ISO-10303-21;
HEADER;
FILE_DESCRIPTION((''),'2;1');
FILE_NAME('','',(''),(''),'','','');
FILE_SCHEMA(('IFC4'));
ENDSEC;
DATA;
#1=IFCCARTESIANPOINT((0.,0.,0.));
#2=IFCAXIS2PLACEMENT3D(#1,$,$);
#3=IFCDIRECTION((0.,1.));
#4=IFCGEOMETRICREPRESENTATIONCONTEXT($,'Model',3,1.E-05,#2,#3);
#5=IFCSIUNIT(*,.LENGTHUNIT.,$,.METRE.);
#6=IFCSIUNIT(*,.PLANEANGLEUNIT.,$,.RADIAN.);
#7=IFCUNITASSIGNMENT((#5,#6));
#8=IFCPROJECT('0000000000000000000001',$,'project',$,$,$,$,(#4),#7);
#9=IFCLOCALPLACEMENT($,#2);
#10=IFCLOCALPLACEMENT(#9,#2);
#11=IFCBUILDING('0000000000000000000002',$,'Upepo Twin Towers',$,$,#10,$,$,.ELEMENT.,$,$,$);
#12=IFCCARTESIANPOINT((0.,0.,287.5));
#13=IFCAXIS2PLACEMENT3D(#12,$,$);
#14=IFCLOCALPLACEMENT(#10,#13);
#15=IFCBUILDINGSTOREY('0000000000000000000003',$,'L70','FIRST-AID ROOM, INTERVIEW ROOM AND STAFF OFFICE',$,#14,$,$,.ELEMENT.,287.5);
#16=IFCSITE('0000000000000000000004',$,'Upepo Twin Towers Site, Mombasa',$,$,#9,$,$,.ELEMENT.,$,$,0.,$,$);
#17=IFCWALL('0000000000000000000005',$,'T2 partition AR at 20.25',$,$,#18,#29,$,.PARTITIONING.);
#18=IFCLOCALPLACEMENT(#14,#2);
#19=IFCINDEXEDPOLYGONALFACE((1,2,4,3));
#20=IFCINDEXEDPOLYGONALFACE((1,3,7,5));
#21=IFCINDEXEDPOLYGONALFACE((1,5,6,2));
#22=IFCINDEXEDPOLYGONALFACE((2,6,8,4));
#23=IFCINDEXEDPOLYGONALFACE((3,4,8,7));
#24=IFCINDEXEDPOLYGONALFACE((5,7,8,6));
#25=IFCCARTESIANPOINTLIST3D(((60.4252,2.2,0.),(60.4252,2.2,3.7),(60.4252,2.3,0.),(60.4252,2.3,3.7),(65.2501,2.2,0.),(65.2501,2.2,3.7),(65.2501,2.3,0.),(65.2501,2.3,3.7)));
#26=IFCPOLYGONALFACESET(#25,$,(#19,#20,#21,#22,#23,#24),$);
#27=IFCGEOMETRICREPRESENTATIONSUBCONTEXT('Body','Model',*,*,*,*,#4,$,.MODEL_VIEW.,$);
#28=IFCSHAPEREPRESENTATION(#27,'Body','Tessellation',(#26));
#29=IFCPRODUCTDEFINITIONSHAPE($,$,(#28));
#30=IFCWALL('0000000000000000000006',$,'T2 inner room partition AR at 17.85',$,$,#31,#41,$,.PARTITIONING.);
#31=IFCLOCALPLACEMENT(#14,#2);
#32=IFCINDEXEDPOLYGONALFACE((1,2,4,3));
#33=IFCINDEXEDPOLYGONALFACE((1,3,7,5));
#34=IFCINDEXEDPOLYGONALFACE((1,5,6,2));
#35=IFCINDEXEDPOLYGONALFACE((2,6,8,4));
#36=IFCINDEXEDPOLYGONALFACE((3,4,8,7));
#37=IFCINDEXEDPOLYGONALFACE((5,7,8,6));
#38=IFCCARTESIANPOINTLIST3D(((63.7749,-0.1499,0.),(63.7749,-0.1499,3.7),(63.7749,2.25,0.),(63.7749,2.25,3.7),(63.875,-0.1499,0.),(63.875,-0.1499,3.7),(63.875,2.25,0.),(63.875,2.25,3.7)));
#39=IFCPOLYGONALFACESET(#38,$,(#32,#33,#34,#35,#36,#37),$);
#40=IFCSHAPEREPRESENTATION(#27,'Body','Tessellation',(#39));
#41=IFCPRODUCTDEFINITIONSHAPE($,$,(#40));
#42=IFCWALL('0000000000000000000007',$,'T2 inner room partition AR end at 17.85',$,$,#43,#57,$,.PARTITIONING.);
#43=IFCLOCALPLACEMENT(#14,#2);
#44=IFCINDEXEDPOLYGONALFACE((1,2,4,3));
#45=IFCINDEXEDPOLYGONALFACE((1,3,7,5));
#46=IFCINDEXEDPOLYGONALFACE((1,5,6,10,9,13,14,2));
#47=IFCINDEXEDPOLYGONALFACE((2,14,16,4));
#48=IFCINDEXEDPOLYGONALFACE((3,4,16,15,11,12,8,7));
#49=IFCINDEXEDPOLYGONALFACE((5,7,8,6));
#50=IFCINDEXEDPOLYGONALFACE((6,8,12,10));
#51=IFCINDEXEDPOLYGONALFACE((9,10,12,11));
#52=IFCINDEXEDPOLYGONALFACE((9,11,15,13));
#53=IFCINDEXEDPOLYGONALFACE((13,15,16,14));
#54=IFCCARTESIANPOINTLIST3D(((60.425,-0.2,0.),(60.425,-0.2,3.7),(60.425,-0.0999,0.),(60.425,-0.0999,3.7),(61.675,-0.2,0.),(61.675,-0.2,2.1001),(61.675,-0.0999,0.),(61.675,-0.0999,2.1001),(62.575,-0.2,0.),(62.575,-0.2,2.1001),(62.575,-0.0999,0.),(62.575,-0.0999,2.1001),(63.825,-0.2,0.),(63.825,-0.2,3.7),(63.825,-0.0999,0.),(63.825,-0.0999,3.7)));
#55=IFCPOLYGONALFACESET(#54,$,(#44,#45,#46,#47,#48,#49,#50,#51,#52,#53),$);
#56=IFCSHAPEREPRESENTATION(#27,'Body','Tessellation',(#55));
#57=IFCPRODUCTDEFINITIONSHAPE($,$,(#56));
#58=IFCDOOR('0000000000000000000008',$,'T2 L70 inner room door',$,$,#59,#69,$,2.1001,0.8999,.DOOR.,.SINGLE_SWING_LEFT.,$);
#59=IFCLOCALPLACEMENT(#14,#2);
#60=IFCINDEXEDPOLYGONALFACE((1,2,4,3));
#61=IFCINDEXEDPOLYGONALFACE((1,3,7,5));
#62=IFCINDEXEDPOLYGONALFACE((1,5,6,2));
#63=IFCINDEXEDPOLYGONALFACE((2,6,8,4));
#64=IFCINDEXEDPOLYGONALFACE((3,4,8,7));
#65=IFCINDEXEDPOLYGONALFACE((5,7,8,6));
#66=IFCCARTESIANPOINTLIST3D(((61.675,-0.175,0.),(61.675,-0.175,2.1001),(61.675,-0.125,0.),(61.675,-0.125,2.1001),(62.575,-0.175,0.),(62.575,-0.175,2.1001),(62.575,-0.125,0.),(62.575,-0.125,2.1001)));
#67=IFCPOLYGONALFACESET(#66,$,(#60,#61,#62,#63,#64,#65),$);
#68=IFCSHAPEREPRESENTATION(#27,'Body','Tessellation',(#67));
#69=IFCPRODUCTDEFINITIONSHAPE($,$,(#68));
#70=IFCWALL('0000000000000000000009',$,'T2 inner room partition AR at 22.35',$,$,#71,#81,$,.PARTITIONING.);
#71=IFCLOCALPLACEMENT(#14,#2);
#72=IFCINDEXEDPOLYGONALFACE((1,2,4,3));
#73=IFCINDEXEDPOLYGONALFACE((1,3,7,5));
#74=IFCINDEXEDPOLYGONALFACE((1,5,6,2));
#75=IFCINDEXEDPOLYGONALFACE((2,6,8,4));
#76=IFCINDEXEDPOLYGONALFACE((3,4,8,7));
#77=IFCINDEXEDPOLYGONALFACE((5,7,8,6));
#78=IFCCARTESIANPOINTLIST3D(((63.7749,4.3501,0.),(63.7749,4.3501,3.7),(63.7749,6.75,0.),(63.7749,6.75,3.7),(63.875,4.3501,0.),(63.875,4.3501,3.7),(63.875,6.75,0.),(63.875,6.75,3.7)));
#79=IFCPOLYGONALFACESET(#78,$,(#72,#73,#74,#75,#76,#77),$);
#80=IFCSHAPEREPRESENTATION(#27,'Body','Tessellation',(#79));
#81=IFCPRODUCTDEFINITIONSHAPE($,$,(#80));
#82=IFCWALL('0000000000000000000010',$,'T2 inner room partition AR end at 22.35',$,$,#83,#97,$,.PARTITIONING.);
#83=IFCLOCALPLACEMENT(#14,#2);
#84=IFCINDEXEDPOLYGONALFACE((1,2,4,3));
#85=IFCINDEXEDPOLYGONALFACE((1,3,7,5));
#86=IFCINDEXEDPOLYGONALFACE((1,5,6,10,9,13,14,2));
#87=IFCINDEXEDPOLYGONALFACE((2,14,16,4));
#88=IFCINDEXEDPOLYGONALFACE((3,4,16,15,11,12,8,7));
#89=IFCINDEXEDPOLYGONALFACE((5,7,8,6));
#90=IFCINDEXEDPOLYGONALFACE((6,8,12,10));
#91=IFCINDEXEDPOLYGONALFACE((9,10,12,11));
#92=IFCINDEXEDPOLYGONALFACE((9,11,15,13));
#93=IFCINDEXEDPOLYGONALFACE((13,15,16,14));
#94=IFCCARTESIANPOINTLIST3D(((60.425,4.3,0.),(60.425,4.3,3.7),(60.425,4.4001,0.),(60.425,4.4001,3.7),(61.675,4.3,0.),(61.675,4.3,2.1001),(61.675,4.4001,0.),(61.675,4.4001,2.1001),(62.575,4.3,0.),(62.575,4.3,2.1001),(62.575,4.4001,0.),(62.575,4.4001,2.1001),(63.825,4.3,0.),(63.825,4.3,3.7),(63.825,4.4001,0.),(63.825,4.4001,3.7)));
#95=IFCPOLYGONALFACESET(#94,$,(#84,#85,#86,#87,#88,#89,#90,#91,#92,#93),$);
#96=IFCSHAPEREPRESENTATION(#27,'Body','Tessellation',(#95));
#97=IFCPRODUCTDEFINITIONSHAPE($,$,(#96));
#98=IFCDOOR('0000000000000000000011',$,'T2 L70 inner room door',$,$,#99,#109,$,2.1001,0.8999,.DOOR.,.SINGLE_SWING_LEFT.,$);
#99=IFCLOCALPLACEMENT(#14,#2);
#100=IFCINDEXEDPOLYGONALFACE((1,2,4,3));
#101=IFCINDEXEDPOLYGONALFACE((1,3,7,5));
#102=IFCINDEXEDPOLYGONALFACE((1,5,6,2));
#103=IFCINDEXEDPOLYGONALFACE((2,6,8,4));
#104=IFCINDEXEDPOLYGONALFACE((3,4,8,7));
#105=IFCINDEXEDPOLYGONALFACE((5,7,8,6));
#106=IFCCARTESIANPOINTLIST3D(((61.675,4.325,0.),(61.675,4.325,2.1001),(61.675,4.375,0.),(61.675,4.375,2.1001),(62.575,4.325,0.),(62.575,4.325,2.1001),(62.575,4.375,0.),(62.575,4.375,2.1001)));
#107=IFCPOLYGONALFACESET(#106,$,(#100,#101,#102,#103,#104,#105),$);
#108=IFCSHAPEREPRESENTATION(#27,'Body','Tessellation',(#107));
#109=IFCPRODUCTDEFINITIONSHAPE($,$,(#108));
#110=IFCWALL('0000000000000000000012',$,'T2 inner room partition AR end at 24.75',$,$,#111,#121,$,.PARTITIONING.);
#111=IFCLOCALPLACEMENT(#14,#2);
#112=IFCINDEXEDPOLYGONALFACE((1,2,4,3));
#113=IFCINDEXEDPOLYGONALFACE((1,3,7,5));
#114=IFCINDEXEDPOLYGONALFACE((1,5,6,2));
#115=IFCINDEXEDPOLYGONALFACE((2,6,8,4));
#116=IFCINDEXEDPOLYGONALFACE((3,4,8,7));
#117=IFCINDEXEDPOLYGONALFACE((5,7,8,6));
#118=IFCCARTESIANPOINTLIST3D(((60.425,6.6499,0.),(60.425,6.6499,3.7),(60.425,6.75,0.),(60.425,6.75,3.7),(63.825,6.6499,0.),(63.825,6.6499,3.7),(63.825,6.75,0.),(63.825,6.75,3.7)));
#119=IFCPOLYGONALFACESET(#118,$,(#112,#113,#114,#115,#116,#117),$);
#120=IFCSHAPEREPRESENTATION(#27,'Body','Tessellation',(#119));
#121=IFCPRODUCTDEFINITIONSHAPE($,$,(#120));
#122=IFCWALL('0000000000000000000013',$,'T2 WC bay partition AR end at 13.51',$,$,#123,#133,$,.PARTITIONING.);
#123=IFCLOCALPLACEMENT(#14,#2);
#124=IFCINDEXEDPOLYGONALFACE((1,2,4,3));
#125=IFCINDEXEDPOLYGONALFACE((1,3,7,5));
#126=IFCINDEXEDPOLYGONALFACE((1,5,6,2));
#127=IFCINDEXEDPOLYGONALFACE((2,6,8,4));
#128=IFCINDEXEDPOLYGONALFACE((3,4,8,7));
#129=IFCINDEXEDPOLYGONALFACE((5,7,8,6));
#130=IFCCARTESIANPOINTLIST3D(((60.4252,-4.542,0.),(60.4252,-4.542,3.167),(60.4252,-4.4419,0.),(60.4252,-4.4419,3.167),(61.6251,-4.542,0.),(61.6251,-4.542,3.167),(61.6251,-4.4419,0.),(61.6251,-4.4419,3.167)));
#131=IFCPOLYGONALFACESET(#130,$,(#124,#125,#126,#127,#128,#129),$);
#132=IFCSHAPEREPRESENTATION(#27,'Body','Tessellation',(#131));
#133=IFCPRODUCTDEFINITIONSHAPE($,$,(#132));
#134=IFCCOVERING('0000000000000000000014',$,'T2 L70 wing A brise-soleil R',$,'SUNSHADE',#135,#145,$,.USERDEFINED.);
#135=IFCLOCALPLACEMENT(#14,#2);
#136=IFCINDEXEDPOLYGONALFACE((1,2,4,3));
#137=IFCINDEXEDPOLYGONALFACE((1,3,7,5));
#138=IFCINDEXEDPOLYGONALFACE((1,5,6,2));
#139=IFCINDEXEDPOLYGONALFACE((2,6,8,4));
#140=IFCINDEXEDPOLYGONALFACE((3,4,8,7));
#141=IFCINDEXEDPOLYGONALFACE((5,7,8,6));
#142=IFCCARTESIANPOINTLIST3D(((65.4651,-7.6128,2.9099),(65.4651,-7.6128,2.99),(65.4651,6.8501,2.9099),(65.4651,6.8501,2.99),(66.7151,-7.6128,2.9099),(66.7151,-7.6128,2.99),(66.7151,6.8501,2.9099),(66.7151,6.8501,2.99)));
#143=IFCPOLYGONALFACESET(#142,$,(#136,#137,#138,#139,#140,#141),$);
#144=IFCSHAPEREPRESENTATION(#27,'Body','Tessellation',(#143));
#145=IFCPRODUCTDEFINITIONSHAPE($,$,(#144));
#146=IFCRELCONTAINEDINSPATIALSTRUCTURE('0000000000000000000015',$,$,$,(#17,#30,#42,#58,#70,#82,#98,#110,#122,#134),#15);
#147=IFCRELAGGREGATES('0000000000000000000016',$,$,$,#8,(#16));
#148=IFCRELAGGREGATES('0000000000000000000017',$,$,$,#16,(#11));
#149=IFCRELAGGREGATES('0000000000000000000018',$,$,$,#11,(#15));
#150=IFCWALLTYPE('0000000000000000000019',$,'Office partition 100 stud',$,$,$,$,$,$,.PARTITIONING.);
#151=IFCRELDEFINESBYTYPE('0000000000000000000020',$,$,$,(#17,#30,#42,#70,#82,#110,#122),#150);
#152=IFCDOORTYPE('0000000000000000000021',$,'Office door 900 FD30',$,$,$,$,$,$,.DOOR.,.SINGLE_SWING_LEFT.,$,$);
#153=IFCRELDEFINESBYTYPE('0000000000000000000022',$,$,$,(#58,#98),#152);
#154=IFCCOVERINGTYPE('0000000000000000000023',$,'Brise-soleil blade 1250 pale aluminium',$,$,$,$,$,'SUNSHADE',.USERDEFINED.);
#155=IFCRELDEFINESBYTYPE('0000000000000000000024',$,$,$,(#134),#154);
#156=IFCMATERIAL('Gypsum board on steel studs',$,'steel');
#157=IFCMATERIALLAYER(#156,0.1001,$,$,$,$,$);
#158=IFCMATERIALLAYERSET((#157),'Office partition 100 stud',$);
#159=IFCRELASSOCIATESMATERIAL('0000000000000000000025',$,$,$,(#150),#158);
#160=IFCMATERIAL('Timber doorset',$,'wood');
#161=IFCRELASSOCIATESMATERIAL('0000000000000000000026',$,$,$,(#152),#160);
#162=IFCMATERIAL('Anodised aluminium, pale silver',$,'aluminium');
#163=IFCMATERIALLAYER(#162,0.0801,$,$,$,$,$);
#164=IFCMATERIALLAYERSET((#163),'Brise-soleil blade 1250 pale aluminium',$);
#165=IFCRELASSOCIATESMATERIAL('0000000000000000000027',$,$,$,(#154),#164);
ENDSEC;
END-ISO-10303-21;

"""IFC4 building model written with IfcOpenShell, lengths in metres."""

from ifc_helpers import new_model, si_unit, direction, frame, frame_2d, origin, origin_2d, place, context, subcontext, project, spatial, rectangle, extrude, material, layer, layer_set, type_object, element, fill, save


model = new_model("IFC4")

# Units and contexts
model_context = context("Model", 3, precision=1e-05, world=origin(), true_north=direction((0.0, 1.0)))
body_context = subcontext(model_context, "Body", "Model", "MODEL_VIEW")
ifc_project = project(units=[si_unit("LENGTHUNIT", "METRE"), si_unit("PLANEANGLEUNIT", "RADIAN")], contexts=[model_context])

# Site, building, storey
site_placement = place(None, origin())
site = spatial("IfcSite", under=ifc_project, at=site_placement, Name="Upepo Twin Towers Site, Mombasa", CompositionType="ELEMENT", RefElevation=0.0)
building_placement = place(site_placement, origin())
building = spatial("IfcBuilding", under=site, at=building_placement, Name="Upepo Twin Towers", CompositionType="ELEMENT")
storey_placement = place(building_placement, frame((0.0, 0.0, 287.5)))
storey = spatial("IfcBuildingStorey", under=building, at=storey_placement, Name="L70", Description="FIRST-AID ROOM, INTERVIEW ROOM AND STAFF OFFICE", CompositionType="ELEMENT", Elevation=287.5)

# Walls
ifc_material_1 = material(Name="Gypsum board on steel studs", Category="steel")
ifc_layer_1 = layer(ifc_material_1, 0.1001)
ifc_layer_set_1 = layer_set([ifc_layer_1], Name="Office partition 100 stud")
wall_type_1 = type_object("IfcWallType", Name="Office partition 100 stud", PredefinedType="PARTITIONING", material=ifc_layer_set_1)
for number, where, z_axis, x_axis, name in (
    (1, (60.425, 2.25, 0.0), (0.0, 0.0, 1.0), (1.0, 0.0, 0.0), "T2 partition AR at 20.25"),
):
    element("IfcWall", number, at=place(storey_placement, frame(where, z_axis=z_axis, x_axis=x_axis)), inside=storey, type_object=wall_type_1, Name=name, PredefinedType="PARTITIONING", context=body_context, shape_type="SweptSolid", body=[
        extrude(rectangle(XDim=4.825, YDim=0.1001, at=frame_2d((2.4126, 0.0))), origin(), (0.0, 0.0, 1.0), 3.7),
    ])
wall_1_placement = place(storey_placement, frame((63.825, -0.1499, 0.0), z_axis=(0.0, 0.0, 1.0), x_axis=(0.0, 1.0, 0.0)))
element("IfcWall", 2, at=wall_1_placement, inside=storey, type_object=wall_type_1, Name="T2 inner room partition AR at 17.85", PredefinedType="PARTITIONING", context=body_context, shape_type="SweptSolid", body=[
    extrude(rectangle(XDim=2.3999, YDim=0.1001, at=frame_2d((1.2, 0.0))), origin(), (0.0, 0.0, 1.0), 3.7),
])

# Wall, opening, door
wall_2_placement = place(storey_placement, frame((60.425, -0.1499, 0.0), z_axis=(0.0, 0.0, 1.0), x_axis=(1.0, 0.0, 0.0)))
wall_2 = element("IfcWall", 3, at=wall_2_placement, inside=storey, type_object=wall_type_1, Name="T2 inner room partition AR end at 17.85", PredefinedType="PARTITIONING", context=body_context, shape_type="SweptSolid", body=[
    extrude(rectangle(XDim=3.3999, YDim=0.1001, at=frame_2d((1.7, 0.0))), origin(), (0.0, 0.0, 1.0), 3.7),
])
opening_1_placement = place(wall_2_placement, frame((1.25, 0.0, 0.0)))
opening_1 = element("IfcOpeningElement", 4, at=opening_1_placement, cuts=wall_2, PredefinedType="OPENING", context=body_context, shape_type="SweptSolid", body=[
    extrude(rectangle(XDim=0.8999, YDim=2.1001, at=frame_2d((0.45, 1.05))), frame((0.0, 0.0601, 0.0), z_axis=(0.0, -1.0, 0.0), x_axis=(1.0, 0.0, 0.0)), (0.0, 0.0, 1.0), 0.1201),
])
ifc_material_2 = material(Name="Timber doorset", Category="wood")
door_type = type_object("IfcDoorType", Name="Office door 900 FD30", OperationType="SINGLE_SWING_LEFT", PredefinedType="DOOR", material=ifc_material_2)
door_1_placement = place(opening_1_placement, origin())
door_1 = element("IfcDoor", 5, at=door_1_placement, inside=storey, type_object=door_type, Name="T2 L70 inner room door", OperationType="SINGLE_SWING_LEFT", OverallHeight=2.1001, OverallWidth=0.8999, PredefinedType="DOOR", context=body_context, shape_type="SweptSolid", body=[
    extrude(rectangle(XDim=0.8999, YDim=2.1001, at=frame_2d((0.45, 1.05))), frame((0.0, 0.0249, 0.0), z_axis=(0.0, -1.0, 0.0), x_axis=(1.0, 0.0, 0.0)), (0.0, 0.0, 1.0), 0.05),
])
fill(opening_1, door_1)

# Wall
wall_3_placement = place(storey_placement, frame((63.825, 4.3501, 0.0), z_axis=(0.0, 0.0, 1.0), x_axis=(0.0, 1.0, 0.0)))
element("IfcWall", 6, at=wall_3_placement, inside=storey, type_object=wall_type_1, Name="T2 inner room partition AR at 22.35", PredefinedType="PARTITIONING", context=body_context, shape_type="SweptSolid", body=[
    extrude(rectangle(XDim=2.3999, YDim=0.1001, at=frame_2d((1.2, 0.0))), origin(), (0.0, 0.0, 1.0), 3.7),
])

# Wall, opening, door
wall_4_placement = place(storey_placement, frame((60.425, 4.3501, 0.0), z_axis=(0.0, 0.0, 1.0), x_axis=(1.0, 0.0, 0.0)))
wall_4 = element("IfcWall", 7, at=wall_4_placement, inside=storey, type_object=wall_type_1, Name="T2 inner room partition AR end at 22.35", PredefinedType="PARTITIONING", context=body_context, shape_type="SweptSolid", body=[
    extrude(rectangle(XDim=3.3999, YDim=0.1001, at=frame_2d((1.7, 0.0))), origin(), (0.0, 0.0, 1.0), 3.7),
])
opening_2_placement = place(wall_4_placement, frame((1.25, 0.0, 0.0)))
opening_2 = element("IfcOpeningElement", 8, at=opening_2_placement, cuts=wall_4, PredefinedType="OPENING", context=body_context, shape_type="SweptSolid", body=[
    extrude(rectangle(XDim=0.8999, YDim=2.1001, at=frame_2d((0.45, 1.05))), frame((0.0, 0.0601, 0.0), z_axis=(0.0, -1.0, 0.0), x_axis=(1.0, 0.0, 0.0)), (0.0, 0.0, 1.0), 0.1201),
])
door_2_placement = place(opening_2_placement, origin())
door_2 = element("IfcDoor", 9, at=door_2_placement, inside=storey, type_object=door_type, Name="T2 L70 inner room door", OperationType="SINGLE_SWING_LEFT", OverallHeight=2.1001, OverallWidth=0.8999, PredefinedType="DOOR", context=body_context, shape_type="SweptSolid", body=[
    extrude(rectangle(XDim=0.8999, YDim=2.1001, at=frame_2d((0.45, 1.05))), frame((0.0, 0.0249, 0.0), z_axis=(0.0, -1.0, 0.0), x_axis=(1.0, 0.0, 0.0)), (0.0, 0.0, 1.0), 0.05),
])
fill(opening_2, door_2)

# Walls
wall_5_placement = place(storey_placement, frame((60.425, 6.7, 0.0), z_axis=(0.0, 0.0, 1.0), x_axis=(1.0, 0.0, 0.0)))
element("IfcWall", 10, at=wall_5_placement, inside=storey, type_object=wall_type_1, Name="T2 inner room partition AR end at 24.75", PredefinedType="PARTITIONING", context=body_context, shape_type="SweptSolid", body=[
    extrude(rectangle(XDim=3.3999, YDim=0.1001, at=frame_2d((1.7, 0.0))), origin(), (0.0, 0.0, 1.0), 3.7),
])
wall_6_placement = place(storey_placement, frame((60.425, -4.4919, 0.0), z_axis=(0.0, 0.0, 1.0), x_axis=(1.0, 0.0, 0.0)))
element("IfcWall", 11, at=wall_6_placement, inside=storey, type_object=wall_type_1, Name="T2 WC bay partition AR end at 13.51", PredefinedType="PARTITIONING", context=body_context, shape_type="SweptSolid", body=[
    extrude(rectangle(XDim=1.2, YDim=0.1001, at=frame_2d((0.6001, 0.0))), origin(), (0.0, 0.0, 1.0), 3.167),
])

# Covering
ifc_material_3 = material(Name="Anodised aluminium, pale silver", Category="aluminium")
ifc_layer_2 = layer(ifc_material_3, 0.0801)
ifc_layer_set_2 = layer_set([ifc_layer_2], Name="Brise-soleil blade 1250 pale aluminium")
covering_type = type_object("IfcCoveringType", Name="Brise-soleil blade 1250 pale aluminium", ElementType="SUNSHADE", PredefinedType="USERDEFINED", material=ifc_layer_set_2)
covering_placement = place(storey_placement, frame((66.0901, -0.3813, 2.9099), z_axis=(0.0, 0.0, 1.0), x_axis=(0.0, 1.0, 0.0)))
element("IfcCovering", 12, at=covering_placement, inside=storey, type_object=covering_type, Name="T2 L70 wing A brise-soleil R", ObjectType="SUNSHADE", PredefinedType="USERDEFINED", context=body_context, shape_type="SweptSolid", body=[
    extrude(rectangle(XDim=14.4629, YDim=1.25, at=origin_2d()), origin(), (0.0, 0.0, 1.0), 0.0801),
])

save(model, "model.ifc")
